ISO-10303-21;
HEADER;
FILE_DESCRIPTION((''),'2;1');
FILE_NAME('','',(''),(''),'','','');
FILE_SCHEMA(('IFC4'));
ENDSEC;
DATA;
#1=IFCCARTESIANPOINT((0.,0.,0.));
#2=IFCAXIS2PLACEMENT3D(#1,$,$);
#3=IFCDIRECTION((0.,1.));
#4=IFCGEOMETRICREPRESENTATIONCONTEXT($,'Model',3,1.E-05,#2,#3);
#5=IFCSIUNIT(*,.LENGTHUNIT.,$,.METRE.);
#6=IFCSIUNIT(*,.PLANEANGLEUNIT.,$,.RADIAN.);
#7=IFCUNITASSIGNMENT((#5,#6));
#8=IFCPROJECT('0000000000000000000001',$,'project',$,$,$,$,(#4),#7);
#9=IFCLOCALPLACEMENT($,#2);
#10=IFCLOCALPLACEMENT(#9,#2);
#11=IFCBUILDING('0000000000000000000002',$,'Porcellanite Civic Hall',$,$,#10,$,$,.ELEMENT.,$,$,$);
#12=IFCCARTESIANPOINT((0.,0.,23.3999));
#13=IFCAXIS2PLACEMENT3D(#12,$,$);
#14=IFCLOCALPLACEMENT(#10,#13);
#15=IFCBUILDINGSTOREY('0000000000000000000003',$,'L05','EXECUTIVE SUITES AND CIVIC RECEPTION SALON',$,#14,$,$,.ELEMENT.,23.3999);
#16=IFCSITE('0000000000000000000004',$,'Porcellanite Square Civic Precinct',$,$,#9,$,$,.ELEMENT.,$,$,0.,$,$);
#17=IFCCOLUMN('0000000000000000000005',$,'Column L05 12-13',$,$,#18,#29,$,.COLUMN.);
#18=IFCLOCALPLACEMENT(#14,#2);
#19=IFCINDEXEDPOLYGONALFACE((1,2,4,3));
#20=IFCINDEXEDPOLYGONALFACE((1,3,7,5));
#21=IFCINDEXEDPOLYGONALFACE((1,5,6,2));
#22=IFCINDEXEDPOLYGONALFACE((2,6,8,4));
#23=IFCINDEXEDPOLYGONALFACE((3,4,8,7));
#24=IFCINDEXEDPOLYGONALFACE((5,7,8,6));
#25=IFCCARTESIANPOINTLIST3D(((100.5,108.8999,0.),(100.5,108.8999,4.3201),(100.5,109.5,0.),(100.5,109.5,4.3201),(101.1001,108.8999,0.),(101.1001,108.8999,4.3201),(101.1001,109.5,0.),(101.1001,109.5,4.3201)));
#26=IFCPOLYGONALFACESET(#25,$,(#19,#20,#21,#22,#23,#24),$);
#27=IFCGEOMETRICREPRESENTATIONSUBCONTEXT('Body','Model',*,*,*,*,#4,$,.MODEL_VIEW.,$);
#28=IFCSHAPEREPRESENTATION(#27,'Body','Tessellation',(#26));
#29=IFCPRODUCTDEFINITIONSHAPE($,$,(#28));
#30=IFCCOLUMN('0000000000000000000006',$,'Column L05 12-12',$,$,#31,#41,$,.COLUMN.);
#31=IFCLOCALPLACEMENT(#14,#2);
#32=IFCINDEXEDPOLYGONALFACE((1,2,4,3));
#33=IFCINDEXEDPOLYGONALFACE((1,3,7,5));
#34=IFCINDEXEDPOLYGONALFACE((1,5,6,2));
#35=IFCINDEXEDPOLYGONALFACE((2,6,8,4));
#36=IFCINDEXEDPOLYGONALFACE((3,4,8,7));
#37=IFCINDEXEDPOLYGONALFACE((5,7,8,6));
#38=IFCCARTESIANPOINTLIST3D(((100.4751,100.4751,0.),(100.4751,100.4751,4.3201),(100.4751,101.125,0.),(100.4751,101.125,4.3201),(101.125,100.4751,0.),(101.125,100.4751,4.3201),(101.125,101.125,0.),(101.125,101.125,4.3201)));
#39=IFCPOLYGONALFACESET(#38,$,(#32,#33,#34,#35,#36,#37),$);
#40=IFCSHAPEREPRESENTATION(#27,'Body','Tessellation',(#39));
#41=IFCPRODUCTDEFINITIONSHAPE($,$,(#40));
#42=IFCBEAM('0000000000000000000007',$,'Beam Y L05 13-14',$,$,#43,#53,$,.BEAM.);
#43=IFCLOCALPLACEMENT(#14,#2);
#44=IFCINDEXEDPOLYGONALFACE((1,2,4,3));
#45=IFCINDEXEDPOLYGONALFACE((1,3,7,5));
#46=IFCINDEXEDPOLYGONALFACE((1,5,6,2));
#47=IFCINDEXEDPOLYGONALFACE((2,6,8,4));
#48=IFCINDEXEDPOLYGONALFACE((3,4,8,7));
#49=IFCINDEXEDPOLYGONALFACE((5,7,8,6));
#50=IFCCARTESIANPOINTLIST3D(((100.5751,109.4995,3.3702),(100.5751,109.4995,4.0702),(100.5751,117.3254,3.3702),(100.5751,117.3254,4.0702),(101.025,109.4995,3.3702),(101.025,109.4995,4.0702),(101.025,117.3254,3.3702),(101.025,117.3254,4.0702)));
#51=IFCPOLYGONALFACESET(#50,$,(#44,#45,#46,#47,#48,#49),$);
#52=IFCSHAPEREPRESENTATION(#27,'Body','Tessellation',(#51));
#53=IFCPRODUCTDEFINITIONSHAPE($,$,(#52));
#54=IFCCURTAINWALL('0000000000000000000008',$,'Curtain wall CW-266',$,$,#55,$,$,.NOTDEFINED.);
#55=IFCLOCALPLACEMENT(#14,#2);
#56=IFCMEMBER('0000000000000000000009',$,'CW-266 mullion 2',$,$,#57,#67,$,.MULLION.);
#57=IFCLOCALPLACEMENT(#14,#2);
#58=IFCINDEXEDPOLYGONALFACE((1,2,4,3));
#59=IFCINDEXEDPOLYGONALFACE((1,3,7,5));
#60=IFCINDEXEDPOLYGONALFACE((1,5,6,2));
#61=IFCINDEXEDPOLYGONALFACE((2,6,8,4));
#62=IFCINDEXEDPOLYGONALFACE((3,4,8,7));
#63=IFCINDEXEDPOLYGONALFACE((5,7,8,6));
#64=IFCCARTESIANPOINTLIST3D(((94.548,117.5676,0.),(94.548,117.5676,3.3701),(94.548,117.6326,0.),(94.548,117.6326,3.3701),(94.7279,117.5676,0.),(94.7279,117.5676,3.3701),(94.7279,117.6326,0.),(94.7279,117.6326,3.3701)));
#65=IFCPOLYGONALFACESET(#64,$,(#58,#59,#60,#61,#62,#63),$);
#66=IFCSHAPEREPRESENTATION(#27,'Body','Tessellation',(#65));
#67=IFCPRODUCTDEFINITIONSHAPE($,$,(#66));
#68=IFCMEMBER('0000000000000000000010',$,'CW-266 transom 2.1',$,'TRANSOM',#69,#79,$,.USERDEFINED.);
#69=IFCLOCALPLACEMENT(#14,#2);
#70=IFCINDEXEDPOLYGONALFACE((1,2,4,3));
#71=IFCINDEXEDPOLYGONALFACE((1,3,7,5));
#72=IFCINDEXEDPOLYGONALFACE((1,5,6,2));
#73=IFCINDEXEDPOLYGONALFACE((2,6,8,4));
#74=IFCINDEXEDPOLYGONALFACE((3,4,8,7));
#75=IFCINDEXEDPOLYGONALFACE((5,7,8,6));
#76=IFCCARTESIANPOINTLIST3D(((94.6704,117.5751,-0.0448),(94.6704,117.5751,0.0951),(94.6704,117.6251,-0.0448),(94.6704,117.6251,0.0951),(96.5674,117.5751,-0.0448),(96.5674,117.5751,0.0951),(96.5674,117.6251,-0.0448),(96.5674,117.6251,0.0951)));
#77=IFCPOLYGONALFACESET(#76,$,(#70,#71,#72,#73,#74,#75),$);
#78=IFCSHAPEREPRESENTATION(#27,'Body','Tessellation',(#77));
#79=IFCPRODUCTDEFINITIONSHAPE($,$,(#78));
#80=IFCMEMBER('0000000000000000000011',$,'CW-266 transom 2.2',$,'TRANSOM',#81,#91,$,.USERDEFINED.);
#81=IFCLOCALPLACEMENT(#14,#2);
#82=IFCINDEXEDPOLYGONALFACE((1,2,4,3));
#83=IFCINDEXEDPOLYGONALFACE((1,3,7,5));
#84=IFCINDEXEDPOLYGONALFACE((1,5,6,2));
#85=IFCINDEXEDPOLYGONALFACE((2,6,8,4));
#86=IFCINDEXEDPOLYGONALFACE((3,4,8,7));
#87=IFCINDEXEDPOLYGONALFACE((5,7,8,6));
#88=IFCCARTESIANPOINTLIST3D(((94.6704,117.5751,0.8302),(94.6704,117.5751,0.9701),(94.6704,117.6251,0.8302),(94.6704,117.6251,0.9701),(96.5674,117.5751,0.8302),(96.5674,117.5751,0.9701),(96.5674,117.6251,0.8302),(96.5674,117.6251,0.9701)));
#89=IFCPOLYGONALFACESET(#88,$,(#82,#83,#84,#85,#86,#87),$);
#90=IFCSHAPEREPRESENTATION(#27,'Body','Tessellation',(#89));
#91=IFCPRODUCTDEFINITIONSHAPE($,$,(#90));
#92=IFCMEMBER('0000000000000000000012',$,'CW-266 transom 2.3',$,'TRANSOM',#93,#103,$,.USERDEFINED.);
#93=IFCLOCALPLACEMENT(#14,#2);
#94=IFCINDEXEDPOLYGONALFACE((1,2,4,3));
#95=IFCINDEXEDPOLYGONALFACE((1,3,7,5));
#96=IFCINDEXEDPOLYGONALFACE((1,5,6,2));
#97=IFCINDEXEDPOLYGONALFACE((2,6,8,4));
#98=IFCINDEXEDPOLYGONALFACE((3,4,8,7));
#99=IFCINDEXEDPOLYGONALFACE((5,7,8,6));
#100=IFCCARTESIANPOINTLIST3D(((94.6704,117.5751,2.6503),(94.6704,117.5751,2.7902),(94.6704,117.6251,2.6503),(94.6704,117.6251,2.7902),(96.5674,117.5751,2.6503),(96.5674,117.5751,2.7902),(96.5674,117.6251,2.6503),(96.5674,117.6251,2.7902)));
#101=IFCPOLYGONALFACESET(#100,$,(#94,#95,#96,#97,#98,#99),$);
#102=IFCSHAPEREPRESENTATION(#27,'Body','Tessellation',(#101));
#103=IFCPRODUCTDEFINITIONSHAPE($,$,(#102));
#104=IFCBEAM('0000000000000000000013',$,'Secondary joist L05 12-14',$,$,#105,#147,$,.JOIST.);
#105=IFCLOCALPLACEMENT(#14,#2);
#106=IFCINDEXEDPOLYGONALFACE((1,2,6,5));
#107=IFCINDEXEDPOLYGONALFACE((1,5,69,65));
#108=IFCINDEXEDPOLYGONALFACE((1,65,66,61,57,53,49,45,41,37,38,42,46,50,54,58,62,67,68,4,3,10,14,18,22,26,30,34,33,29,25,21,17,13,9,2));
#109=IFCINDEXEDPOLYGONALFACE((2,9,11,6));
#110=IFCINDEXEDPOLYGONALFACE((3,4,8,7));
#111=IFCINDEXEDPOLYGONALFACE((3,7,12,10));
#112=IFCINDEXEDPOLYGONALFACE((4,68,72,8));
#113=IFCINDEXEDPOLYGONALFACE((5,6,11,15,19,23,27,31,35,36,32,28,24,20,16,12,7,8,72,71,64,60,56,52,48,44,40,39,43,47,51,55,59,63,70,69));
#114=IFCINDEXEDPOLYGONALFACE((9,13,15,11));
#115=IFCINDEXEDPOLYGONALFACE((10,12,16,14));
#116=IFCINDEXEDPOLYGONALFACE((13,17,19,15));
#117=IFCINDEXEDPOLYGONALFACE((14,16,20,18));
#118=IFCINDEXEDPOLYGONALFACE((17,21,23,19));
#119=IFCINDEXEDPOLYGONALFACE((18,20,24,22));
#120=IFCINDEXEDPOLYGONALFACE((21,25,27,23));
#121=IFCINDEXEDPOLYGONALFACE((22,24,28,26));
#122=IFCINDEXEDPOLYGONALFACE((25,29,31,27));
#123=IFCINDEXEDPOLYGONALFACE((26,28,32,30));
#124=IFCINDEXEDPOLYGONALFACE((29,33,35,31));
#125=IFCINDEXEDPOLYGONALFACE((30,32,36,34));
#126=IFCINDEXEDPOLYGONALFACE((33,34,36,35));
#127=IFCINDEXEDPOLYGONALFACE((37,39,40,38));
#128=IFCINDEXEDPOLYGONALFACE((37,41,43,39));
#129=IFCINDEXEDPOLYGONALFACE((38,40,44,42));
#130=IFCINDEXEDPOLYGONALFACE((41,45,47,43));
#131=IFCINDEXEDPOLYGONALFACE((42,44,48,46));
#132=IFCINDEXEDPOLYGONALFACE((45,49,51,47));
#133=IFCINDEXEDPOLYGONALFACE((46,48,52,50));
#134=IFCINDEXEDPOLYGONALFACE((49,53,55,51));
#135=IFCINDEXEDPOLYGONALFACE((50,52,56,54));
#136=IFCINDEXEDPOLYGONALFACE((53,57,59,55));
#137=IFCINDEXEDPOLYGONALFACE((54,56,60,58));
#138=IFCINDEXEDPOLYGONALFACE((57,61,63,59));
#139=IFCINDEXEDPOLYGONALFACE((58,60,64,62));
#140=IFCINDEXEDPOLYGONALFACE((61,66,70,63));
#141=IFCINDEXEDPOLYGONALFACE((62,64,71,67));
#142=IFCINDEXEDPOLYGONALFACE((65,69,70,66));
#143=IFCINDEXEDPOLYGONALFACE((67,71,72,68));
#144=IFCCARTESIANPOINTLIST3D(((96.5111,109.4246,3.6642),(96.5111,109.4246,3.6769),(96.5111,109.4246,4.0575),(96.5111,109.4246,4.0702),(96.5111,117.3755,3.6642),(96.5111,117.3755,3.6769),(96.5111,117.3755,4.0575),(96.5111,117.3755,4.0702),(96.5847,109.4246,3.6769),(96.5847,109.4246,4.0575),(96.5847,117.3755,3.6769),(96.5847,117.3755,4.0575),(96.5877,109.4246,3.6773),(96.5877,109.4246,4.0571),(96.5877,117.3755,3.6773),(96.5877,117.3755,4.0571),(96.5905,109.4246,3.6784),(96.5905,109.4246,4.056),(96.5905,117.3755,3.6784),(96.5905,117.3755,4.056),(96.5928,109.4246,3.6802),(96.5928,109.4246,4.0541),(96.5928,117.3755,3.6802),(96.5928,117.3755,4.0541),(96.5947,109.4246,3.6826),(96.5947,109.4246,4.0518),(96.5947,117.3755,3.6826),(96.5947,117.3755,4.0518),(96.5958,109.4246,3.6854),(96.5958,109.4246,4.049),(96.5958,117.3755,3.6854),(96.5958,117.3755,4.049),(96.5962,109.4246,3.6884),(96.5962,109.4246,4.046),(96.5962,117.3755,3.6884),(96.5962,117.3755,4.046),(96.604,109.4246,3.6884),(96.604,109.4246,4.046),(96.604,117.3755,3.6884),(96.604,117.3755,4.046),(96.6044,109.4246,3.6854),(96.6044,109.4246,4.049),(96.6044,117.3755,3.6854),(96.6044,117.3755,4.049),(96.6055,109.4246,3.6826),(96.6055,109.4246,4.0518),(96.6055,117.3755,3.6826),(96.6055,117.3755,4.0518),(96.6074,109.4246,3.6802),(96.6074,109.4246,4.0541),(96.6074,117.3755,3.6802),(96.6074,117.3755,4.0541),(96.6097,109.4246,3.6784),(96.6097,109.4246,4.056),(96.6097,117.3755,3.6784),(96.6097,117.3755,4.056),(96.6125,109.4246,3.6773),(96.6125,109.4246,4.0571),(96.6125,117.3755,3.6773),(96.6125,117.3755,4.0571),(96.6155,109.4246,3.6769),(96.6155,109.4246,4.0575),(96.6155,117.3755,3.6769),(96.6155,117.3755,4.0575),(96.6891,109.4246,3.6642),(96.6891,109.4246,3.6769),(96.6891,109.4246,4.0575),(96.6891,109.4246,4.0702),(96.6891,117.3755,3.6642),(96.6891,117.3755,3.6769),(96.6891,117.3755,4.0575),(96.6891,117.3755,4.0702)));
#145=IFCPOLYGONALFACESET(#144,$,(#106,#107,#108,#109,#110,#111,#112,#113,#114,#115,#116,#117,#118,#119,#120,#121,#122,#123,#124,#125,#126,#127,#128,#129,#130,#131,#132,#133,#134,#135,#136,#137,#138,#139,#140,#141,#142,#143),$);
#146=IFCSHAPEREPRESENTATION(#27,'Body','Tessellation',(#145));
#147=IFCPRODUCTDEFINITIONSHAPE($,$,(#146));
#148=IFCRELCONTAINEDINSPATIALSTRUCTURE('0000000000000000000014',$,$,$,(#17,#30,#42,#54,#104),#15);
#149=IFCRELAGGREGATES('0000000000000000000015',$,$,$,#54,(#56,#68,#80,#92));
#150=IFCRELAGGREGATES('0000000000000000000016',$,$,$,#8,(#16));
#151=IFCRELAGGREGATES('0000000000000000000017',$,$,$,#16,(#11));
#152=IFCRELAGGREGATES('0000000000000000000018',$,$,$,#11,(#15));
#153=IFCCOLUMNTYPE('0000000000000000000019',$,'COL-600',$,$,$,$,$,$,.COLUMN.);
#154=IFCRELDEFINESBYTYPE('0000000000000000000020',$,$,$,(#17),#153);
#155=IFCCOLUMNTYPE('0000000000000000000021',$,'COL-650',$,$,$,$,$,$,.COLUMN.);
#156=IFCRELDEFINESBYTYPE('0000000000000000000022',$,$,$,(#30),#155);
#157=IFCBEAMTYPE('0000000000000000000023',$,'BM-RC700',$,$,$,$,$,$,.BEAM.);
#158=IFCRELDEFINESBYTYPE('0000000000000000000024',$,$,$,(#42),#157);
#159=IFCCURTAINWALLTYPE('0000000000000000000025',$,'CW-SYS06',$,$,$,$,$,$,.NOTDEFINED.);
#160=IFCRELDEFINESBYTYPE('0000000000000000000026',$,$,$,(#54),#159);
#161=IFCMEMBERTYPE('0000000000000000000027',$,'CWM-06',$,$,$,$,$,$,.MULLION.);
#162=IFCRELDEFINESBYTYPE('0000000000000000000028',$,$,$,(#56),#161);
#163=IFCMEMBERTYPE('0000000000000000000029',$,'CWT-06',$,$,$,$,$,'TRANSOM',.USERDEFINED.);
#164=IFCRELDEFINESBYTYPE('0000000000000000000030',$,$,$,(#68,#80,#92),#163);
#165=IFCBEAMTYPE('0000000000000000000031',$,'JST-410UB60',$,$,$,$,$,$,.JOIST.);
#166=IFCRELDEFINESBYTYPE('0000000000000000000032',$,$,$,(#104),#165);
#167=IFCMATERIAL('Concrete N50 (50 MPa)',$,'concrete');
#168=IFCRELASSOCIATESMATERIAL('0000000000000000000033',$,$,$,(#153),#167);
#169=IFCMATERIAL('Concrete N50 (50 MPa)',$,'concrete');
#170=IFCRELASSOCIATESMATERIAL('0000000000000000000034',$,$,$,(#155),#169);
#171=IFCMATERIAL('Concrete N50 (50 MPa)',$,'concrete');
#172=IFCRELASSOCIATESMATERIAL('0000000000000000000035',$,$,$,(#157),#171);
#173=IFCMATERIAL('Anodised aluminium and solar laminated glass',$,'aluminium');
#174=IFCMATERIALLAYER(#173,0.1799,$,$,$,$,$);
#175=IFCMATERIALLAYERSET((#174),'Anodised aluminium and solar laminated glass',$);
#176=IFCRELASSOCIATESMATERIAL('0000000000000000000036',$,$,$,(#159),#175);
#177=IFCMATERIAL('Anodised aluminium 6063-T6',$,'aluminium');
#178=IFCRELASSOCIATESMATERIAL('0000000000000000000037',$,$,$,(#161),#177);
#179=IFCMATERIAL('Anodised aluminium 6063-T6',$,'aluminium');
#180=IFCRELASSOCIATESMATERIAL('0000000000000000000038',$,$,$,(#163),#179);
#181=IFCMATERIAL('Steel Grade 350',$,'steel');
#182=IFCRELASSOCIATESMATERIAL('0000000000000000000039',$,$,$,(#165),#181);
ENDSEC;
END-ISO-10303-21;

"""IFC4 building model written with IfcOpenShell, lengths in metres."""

from ifc_helpers import new_model, si_unit, direction, frame, origin, origin_2d, place, context, subcontext, project, spatial, rectangle, i_section, extrude, material, layer, layer_set, material_profile, profile_set, type_object, element, aggregate, save


model = new_model("IFC4")

# Units and contexts
model_context = context("Model", 3, precision=1e-05, world=origin(), true_north=direction((0.0, 1.0)))
body_context = subcontext(model_context, "Body", "Model", "MODEL_VIEW")
ifc_project = project(units=[si_unit("LENGTHUNIT", "METRE"), si_unit("PLANEANGLEUNIT", "RADIAN")], contexts=[model_context])

# Site, building, storey
site_placement = place(None, origin())
site = spatial("IfcSite", under=ifc_project, at=site_placement, Name="Porcellanite Square Civic Precinct", CompositionType="ELEMENT", RefElevation=0.0)
building_placement = place(site_placement, origin())
building = spatial("IfcBuilding", under=site, at=building_placement, Name="Porcellanite Civic Hall", CompositionType="ELEMENT")
storey_placement = place(building_placement, frame((0.0, 0.0, 23.3999)))
storey = spatial("IfcBuildingStorey", under=building, at=storey_placement, Name="L05", Description="EXECUTIVE SUITES AND CIVIC RECEPTION SALON", CompositionType="ELEMENT", Elevation=23.3999)

# Columns
ifc_material_1 = material(Name="Concrete N50 (50 MPa)", Category="concrete")
ifc_material_profile_1 = material_profile(ifc_material_1, rectangle(XDim=0.6001, YDim=0.6001, at=origin_2d()), Name="RC-600x600")
ifc_profile_set_1 = profile_set([ifc_material_profile_1], Name="Concrete N50 (50 MPa)")
column_type_1 = type_object("IfcColumnType", Name="COL-600", PredefinedType="COLUMN", material=ifc_profile_set_1)
column_1_placement = place(storey_placement, frame((100.8, 109.2, 0.0), z_axis=(0.0, 0.0, 1.0), x_axis=(1.0, 0.0, 0.0)))
element("IfcColumn", 1, at=column_1_placement, inside=storey, type_object=column_type_1, Name="Column L05 12-13", PredefinedType="COLUMN", context=body_context, shape_type="SweptSolid", body=[
    extrude(rectangle(XDim=0.6001, YDim=0.6001, at=origin_2d()), origin(), (0.0, 0.0, 1.0), 4.3201),
])
ifc_material_2 = material(Name="Concrete N50 (50 MPa)", Category="concrete")
ifc_material_profile_2 = material_profile(ifc_material_2, rectangle(XDim=0.6499, YDim=0.6499, at=origin_2d()), Name="RC-650x650")
ifc_profile_set_2 = profile_set([ifc_material_profile_2], Name="Concrete N50 (50 MPa)")
column_type_2 = type_object("IfcColumnType", Name="COL-650", PredefinedType="COLUMN", material=ifc_profile_set_2)
column_2_placement = place(storey_placement, frame((100.8, 100.8, 0.0), z_axis=(0.0, 0.0, 1.0), x_axis=(1.0, 0.0, 0.0)))
element("IfcColumn", 2, at=column_2_placement, inside=storey, type_object=column_type_2, Name="Column L05 12-12", PredefinedType="COLUMN", context=body_context, shape_type="SweptSolid", body=[
    extrude(rectangle(XDim=0.6499, YDim=0.6499, at=origin_2d()), origin(), (0.0, 0.0, 1.0), 4.3201),
])

# Beam
ifc_material_3 = material(Name="Concrete N50 (50 MPa)", Category="concrete")
ifc_material_profile_3 = material_profile(ifc_material_3, rectangle(XDim=0.45, YDim=0.7, at=origin_2d()), Name="RC-450x700")
ifc_profile_set_3 = profile_set([ifc_material_profile_3], Name="Concrete N50 (50 MPa)")
beam_type_1 = type_object("IfcBeamType", Name="BM-RC700", PredefinedType="BEAM", material=ifc_profile_set_3)
beam_1_placement = place(storey_placement, frame((100.8, 109.4995, 3.7202), z_axis=(0.0, 1.0, 0.0), x_axis=(-1.0, 0.0, 0.0)))
element("IfcBeam", 3, at=beam_1_placement, inside=storey, type_object=beam_type_1, Name="Beam Y L05 13-14", PredefinedType="BEAM", context=body_context, shape_type="SweptSolid", body=[
    extrude(rectangle(XDim=0.45, YDim=0.7, at=origin_2d()), origin(), (0.0, 0.0, 1.0), 7.8259),
])

# Curtain wall, members
ifc_material_4 = material(Name="Anodised aluminium and solar laminated glass", Category="aluminium")
ifc_layer_1 = layer(ifc_material_4, 0.1799)
ifc_layer_set_1 = layer_set([ifc_layer_1], Name="Anodised aluminium and solar laminated glass")
curtain_wall_type = type_object("IfcCurtainWallType", Name="CW-SYS06", PredefinedType="NOTDEFINED", material=ifc_layer_set_1)
curtain_wall_placement = place(storey_placement, origin())
curtain_wall = element("IfcCurtainWall", 4, at=curtain_wall_placement, inside=storey, type_object=curtain_wall_type, Name="Curtain wall CW-266", PredefinedType="NOTDEFINED")
ifc_material_5 = material(Name="Anodised aluminium 6063-T6", Category="aluminium")
ifc_material_profile_4 = material_profile(ifc_material_5, rectangle(XDim=0.0649, YDim=0.1799, at=origin_2d()), Name="AL-65x180")
ifc_profile_set_4 = profile_set([ifc_material_profile_4], Name="Anodised aluminium 6063-T6")
member_type_1 = type_object("IfcMemberType", Name="CWM-06", PredefinedType="MULLION", material=ifc_profile_set_4)
member_1_placement = place(storey_placement, frame((94.6379, 117.6001, 0.0), z_axis=(0.0, 0.0, 1.0), x_axis=(0.0, 1.0, 0.0)))
member_1 = element("IfcMember", 5, at=member_1_placement, type_object=member_type_1, Name="CW-266 mullion 2", PredefinedType="MULLION", context=body_context, shape_type="SweptSolid", body=[
    extrude(rectangle(XDim=0.0649, YDim=0.1799, at=origin_2d()), origin(), (0.0, 0.0, 1.0), 3.3701),
])
ifc_material_6 = material(Name="Anodised aluminium 6063-T6", Category="aluminium")
ifc_material_profile_5 = material_profile(ifc_material_6, rectangle(XDim=0.05, YDim=0.1399, at=origin_2d()), Name="AL-50x140")
ifc_profile_set_5 = profile_set([ifc_material_profile_5], Name="Anodised aluminium 6063-T6")
member_type_2 = type_object("IfcMemberType", Name="CWT-06", ElementType="TRANSOM", PredefinedType="USERDEFINED", material=ifc_profile_set_5)
member_2_placement = place(storey_placement, frame((94.6704, 117.6001, 0.0251), z_axis=(1.0, 0.0, 0.0), x_axis=(0.0, 1.0, 0.0)))
member_2 = element("IfcMember", 6, at=member_2_placement, type_object=member_type_2, Name="CW-266 transom 2.1", ObjectType="TRANSOM", PredefinedType="USERDEFINED", context=body_context, shape_type="SweptSolid", body=[
    extrude(rectangle(XDim=0.05, YDim=0.1399, at=origin_2d()), origin(), (0.0, 0.0, 1.0), 1.897),
])
member_3_placement = place(storey_placement, frame((94.6704, 117.6001, 0.9001), z_axis=(1.0, 0.0, 0.0), x_axis=(0.0, 1.0, 0.0)))
member_3 = element("IfcMember", 7, at=member_3_placement, type_object=member_type_2, Name="CW-266 transom 2.2", ObjectType="TRANSOM", PredefinedType="USERDEFINED", context=body_context, shape_type="SweptSolid", body=[
    extrude(rectangle(XDim=0.05, YDim=0.1399, at=origin_2d()), origin(), (0.0, 0.0, 1.0), 1.897),
])
member_4_placement = place(storey_placement, frame((94.6704, 117.6001, 2.7202), z_axis=(1.0, 0.0, 0.0), x_axis=(0.0, 1.0, 0.0)))
member_4 = element("IfcMember", 8, at=member_4_placement, type_object=member_type_2, Name="CW-266 transom 2.3", ObjectType="TRANSOM", PredefinedType="USERDEFINED", context=body_context, shape_type="SweptSolid", body=[
    extrude(rectangle(XDim=0.05, YDim=0.1399, at=origin_2d()), origin(), (0.0, 0.0, 1.0), 1.897),
])

# Beam
ifc_material_7 = material(Name="Steel Grade 350", Category="steel")
ifc_material_profile_6 = material_profile(ifc_material_7, i_section(OverallWidth=0.178, OverallDepth=0.406, WebThickness=0.0078, FlangeThickness=0.0127, FilletRadius=0.0115, at=origin_2d()), Name="410UB59.7")
ifc_profile_set_6 = profile_set([ifc_material_profile_6], Name="Steel Grade 350")
beam_type_2 = type_object("IfcBeamType", Name="JST-410UB60", PredefinedType="JOIST", material=ifc_profile_set_6)
beam_2_placement = place(storey_placement, frame((96.6001, 109.4246, 3.8672), z_axis=(0.0, 1.0, 0.0), x_axis=(-1.0, 0.0, 0.0)))
element("IfcBeam", 9, at=beam_2_placement, inside=storey, type_object=beam_type_2, Name="Secondary joist L05 12-14", PredefinedType="JOIST", context=body_context, shape_type="SweptSolid", body=[
    extrude(i_section(OverallWidth=0.178, OverallDepth=0.406, WebThickness=0.0078, FlangeThickness=0.0127, FilletRadius=0.0115, at=origin_2d()), origin(), (0.0, 0.0, 1.0), 7.9509),
])

aggregate(curtain_wall, [member_1, member_2, member_3, member_4])

save(model, "model.ifc")
